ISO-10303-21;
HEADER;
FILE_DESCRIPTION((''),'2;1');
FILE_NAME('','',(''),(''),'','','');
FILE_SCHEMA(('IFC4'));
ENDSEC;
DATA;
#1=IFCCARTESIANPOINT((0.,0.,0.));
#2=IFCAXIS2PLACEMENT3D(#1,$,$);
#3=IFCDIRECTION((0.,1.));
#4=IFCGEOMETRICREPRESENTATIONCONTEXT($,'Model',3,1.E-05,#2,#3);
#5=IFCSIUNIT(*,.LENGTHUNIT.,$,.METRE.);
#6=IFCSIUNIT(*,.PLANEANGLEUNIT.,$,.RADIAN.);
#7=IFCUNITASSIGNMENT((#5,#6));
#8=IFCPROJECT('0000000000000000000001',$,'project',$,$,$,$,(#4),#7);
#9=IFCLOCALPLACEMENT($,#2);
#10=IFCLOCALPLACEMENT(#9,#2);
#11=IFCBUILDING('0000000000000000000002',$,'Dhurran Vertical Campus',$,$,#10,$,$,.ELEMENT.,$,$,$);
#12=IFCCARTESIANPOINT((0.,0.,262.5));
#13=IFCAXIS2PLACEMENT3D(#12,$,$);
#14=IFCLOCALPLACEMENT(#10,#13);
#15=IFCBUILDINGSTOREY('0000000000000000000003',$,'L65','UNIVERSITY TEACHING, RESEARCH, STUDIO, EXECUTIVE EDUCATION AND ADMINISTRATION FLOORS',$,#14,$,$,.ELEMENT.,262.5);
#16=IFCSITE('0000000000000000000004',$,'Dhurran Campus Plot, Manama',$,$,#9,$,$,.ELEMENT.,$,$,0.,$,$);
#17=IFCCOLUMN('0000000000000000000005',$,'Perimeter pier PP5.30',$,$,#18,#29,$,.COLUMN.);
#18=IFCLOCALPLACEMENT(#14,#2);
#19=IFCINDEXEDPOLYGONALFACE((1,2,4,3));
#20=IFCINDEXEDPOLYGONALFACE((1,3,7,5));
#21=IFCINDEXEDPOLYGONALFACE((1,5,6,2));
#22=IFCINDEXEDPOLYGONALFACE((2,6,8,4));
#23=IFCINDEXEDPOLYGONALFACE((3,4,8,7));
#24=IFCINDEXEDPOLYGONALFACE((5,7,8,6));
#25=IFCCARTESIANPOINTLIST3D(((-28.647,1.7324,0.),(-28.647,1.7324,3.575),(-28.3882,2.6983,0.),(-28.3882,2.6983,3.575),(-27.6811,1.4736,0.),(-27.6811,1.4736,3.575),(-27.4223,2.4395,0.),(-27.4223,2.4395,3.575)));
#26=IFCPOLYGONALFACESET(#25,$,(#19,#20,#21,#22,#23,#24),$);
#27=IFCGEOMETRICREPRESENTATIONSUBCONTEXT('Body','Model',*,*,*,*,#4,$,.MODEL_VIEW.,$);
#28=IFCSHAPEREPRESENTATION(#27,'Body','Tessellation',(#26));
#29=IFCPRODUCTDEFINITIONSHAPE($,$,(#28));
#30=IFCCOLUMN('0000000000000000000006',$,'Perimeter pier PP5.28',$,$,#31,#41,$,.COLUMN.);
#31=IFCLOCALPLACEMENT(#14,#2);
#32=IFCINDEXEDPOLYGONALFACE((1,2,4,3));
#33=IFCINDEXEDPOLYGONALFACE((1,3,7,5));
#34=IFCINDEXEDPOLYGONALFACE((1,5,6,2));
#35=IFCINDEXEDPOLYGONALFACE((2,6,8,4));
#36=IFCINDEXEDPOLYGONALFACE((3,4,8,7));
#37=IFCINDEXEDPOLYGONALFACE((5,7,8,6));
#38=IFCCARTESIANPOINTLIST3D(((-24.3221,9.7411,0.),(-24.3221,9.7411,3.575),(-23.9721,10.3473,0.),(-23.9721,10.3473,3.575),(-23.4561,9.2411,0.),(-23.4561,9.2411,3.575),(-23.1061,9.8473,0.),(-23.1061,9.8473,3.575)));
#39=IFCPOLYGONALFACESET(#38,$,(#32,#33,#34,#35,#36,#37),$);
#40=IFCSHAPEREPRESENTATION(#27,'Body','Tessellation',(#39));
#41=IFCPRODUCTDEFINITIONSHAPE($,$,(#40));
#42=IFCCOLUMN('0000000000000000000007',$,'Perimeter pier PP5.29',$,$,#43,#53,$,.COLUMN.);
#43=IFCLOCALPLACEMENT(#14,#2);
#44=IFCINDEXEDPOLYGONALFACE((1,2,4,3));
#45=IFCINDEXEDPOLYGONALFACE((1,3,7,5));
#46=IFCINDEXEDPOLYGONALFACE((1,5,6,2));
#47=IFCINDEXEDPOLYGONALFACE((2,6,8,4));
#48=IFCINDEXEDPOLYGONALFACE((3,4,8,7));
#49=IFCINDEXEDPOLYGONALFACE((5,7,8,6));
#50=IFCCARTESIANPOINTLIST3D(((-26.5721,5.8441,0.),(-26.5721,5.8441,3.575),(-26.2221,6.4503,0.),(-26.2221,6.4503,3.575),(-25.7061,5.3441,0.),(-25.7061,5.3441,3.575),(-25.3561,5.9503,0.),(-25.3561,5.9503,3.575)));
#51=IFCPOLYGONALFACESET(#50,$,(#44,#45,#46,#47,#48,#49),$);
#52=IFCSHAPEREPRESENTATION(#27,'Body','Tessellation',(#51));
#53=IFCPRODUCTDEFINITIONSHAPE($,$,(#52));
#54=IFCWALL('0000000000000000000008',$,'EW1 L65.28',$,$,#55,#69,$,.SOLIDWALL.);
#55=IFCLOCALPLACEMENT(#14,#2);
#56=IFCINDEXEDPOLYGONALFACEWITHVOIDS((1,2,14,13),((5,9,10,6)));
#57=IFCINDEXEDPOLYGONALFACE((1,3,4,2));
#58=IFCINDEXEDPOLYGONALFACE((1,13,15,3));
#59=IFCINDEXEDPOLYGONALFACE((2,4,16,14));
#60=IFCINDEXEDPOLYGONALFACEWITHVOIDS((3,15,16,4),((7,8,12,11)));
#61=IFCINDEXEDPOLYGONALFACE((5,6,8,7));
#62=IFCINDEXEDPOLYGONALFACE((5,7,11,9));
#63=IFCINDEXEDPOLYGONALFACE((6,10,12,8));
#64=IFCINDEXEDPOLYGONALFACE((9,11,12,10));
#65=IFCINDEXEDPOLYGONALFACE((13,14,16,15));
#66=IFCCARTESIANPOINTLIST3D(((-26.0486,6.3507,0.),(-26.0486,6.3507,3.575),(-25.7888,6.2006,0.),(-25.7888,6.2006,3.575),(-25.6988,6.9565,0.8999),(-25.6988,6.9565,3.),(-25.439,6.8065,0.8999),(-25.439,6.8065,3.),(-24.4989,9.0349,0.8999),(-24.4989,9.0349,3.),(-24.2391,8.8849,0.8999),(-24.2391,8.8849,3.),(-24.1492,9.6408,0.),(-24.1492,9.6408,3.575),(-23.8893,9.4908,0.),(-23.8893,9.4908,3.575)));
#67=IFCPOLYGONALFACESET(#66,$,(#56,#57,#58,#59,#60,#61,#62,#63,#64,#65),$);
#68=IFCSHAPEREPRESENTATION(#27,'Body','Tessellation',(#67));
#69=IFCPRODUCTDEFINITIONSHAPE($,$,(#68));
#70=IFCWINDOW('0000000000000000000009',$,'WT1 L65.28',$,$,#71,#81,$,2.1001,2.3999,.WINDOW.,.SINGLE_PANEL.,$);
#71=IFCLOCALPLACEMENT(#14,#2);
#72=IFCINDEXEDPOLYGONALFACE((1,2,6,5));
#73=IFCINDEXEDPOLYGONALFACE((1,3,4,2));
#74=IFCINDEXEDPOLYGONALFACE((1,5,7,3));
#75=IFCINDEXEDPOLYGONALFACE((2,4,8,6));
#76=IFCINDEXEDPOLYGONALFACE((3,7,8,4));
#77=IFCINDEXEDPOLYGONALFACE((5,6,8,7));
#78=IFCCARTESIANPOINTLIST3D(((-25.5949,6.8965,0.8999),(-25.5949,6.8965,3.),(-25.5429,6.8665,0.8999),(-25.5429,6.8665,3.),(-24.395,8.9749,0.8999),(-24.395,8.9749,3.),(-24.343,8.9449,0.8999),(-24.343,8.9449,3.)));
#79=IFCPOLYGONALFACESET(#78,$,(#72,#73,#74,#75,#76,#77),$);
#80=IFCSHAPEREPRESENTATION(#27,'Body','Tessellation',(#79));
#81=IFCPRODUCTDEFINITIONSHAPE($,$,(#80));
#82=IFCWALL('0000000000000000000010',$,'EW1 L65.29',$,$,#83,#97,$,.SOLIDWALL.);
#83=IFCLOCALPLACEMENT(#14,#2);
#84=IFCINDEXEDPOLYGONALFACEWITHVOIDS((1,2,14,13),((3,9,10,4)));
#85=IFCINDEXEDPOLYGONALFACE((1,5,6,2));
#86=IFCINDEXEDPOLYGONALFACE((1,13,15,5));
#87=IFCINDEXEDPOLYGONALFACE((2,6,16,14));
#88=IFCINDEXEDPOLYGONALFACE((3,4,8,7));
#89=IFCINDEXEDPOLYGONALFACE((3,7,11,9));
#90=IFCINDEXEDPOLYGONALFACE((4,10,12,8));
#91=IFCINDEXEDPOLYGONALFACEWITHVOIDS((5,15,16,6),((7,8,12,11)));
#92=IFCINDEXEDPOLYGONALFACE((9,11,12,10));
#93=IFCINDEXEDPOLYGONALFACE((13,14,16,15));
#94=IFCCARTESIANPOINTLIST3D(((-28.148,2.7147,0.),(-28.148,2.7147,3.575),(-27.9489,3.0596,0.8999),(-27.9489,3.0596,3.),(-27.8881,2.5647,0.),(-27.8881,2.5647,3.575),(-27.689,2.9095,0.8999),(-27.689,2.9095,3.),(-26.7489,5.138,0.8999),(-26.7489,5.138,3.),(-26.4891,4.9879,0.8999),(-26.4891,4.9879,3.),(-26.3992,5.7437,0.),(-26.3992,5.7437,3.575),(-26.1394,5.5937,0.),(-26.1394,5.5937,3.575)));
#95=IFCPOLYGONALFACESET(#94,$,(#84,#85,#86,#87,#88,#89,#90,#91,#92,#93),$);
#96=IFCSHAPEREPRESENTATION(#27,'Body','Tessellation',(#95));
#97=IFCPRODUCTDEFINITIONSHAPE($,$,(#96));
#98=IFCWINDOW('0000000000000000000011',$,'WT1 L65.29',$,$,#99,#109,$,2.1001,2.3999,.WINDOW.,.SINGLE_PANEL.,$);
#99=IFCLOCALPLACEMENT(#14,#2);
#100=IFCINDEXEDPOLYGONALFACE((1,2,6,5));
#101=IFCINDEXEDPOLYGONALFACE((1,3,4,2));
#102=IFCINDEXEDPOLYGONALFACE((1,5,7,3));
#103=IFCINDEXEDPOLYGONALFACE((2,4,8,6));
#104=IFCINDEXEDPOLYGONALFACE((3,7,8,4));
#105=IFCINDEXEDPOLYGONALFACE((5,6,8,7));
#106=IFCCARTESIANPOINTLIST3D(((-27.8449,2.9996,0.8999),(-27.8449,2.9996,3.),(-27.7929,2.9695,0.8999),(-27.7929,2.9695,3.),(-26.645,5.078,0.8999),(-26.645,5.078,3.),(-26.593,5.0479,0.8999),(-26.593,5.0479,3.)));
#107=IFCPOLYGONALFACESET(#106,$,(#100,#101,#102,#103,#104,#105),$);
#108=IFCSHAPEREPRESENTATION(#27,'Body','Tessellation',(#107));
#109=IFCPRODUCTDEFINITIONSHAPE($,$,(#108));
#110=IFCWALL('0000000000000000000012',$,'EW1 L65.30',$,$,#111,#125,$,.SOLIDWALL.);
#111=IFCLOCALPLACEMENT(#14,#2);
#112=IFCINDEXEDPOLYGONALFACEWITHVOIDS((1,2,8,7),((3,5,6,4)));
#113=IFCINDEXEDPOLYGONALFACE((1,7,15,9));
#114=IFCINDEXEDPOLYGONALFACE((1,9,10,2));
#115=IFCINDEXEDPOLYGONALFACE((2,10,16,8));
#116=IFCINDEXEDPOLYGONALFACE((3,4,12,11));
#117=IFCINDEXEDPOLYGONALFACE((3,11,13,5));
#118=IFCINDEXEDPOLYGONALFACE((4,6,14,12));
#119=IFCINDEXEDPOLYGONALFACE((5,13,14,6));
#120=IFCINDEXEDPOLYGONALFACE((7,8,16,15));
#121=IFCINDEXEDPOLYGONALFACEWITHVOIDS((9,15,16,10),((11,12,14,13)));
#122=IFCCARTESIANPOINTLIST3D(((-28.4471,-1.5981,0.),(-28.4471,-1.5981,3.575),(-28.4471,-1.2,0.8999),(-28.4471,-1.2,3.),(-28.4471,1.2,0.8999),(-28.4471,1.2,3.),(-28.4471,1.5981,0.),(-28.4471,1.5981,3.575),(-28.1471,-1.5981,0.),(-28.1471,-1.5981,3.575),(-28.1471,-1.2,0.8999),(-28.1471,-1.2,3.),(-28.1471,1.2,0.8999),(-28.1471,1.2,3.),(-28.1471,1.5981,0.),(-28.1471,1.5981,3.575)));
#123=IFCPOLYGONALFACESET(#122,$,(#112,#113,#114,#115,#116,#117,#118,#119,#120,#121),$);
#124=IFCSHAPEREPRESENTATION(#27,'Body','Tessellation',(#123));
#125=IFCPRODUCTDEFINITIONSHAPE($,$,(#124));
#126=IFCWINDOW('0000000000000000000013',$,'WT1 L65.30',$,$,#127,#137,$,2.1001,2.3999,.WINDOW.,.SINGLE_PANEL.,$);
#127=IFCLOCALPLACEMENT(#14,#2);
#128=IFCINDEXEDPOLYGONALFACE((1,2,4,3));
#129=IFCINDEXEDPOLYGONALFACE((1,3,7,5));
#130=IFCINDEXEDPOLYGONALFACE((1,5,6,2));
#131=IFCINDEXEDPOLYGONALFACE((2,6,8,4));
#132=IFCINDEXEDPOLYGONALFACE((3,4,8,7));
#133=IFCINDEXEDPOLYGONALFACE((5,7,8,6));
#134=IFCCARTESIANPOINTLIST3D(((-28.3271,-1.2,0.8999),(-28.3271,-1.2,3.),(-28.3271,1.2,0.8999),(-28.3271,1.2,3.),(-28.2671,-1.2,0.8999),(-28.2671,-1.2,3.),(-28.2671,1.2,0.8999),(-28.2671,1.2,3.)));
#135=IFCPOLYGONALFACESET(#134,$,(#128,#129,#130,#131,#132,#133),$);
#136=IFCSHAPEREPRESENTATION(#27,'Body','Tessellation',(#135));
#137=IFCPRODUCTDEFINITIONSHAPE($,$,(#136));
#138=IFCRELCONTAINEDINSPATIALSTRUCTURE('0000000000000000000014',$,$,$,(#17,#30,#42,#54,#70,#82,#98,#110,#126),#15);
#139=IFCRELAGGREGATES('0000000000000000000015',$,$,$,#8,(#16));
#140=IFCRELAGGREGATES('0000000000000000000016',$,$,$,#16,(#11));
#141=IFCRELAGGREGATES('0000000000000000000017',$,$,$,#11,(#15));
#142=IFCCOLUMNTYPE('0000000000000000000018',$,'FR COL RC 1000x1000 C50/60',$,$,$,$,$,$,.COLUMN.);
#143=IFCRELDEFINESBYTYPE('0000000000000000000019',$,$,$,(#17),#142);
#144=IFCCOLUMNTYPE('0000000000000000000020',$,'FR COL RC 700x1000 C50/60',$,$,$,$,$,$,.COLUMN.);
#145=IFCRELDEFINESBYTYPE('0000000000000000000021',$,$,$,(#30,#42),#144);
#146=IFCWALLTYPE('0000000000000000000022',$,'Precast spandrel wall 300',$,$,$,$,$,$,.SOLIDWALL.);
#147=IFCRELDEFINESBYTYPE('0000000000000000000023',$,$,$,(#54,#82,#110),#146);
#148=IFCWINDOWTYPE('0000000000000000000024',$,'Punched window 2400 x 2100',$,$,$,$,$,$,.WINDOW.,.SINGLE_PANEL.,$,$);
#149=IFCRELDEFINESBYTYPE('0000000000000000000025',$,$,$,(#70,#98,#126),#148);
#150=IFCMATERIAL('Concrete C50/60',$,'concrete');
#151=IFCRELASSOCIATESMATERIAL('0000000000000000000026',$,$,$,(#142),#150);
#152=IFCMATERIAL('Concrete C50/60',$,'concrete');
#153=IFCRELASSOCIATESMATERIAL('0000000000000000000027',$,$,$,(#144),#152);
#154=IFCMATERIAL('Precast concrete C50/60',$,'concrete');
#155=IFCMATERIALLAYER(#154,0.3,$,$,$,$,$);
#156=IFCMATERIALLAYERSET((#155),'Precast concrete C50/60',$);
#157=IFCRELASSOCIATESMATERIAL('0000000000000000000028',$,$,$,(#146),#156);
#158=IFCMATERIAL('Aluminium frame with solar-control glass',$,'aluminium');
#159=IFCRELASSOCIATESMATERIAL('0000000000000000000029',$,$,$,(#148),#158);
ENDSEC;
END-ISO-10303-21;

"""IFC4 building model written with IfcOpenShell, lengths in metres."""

from ifc_helpers import new_model, si_unit, direction, frame, frame_2d, origin, origin_2d, place, context, subcontext, project, spatial, rectangle, extrude, material, layer, layer_set, material_profile, profile_set, type_object, element, fill, save


model = new_model("IFC4")

# Units and contexts
model_context = context("Model", 3, precision=1e-05, world=origin(), true_north=direction((0.0, 1.0)))
body_context = subcontext(model_context, "Body", "Model", "MODEL_VIEW")
ifc_project = project(units=[si_unit("LENGTHUNIT", "METRE"), si_unit("PLANEANGLEUNIT", "RADIAN")], contexts=[model_context])

# Site, building, storey
site_placement = place(None, origin())
site = spatial("IfcSite", under=ifc_project, at=site_placement, Name="Dhurran Campus Plot, Manama", CompositionType="ELEMENT", RefElevation=0.0)
building_placement = place(site_placement, origin())
building = spatial("IfcBuilding", under=site, at=building_placement, Name="Dhurran Vertical Campus", CompositionType="ELEMENT")
storey_placement = place(building_placement, frame((0.0, 0.0, 262.5)))
storey = spatial("IfcBuildingStorey", under=building, at=storey_placement, Name="L65", Description="UNIVERSITY TEACHING, RESEARCH, STUDIO, EXECUTIVE EDUCATION AND ADMINISTRATION FLOORS", CompositionType="ELEMENT", Elevation=262.5)

# Columns
ifc_material_1 = material(Name="Concrete C50/60", Category="concrete")
ifc_material_profile_1 = material_profile(ifc_material_1, rectangle(XDim=1.0, YDim=1.0, at=origin_2d()), Name="RC 1000x1000")
ifc_profile_set_1 = profile_set([ifc_material_profile_1], Name="Concrete C50/60")
column_type_1 = type_object("IfcColumnType", Name="FR COL RC 1000x1000 C50/60", PredefinedType="COLUMN", material=ifc_profile_set_1)
column_placement = place(storey_placement, frame((-28.0347, 2.0859, 0.0), z_axis=(0.0, 0.0, 1.0), x_axis=(-0.258819, -0.965926, 0.0)))
element("IfcColumn", 1, at=column_placement, inside=storey, type_object=column_type_1, Name="Perimeter pier PP5.30", PredefinedType="COLUMN", context=body_context, shape_type="SweptSolid", body=[
    extrude(rectangle(XDim=1.0, YDim=1.0, at=origin_2d()), origin(), (0.0, 0.0, 1.0), 3.575),
])
ifc_material_2 = material(Name="Concrete C50/60", Category="concrete")
ifc_material_profile_2 = material_profile(ifc_material_2, rectangle(XDim=0.7, YDim=1.0, at=origin_2d()), Name="RC 700x1000")
ifc_profile_set_2 = profile_set([ifc_material_profile_2], Name="Concrete C50/60")
column_type_2 = type_object("IfcColumnType", Name="FR COL RC 700x1000 C50/60", PredefinedType="COLUMN", material=ifc_profile_set_2)
for number, where, z_axis, x_axis, name in (
    (2, (-23.7141, 9.7942, 0.0), (0.0, 0.0, 1.0), (-0.5, -0.866025, 0.0), "Perimeter pier PP5.28"),
    (3, (-25.9641, 5.8972, 0.0), (0.0, 0.0, 1.0), (-0.5, -0.866025, 0.0), "Perimeter pier PP5.29"),
):
    element("IfcColumn", number, at=place(storey_placement, frame(where, z_axis=z_axis, x_axis=x_axis)), inside=storey, type_object=column_type_2, Name=name, PredefinedType="COLUMN", context=body_context, shape_type="SweptSolid", body=[
        extrude(rectangle(XDim=0.7, YDim=1.0, at=origin_2d()), origin(), (0.0, 0.0, 1.0), 3.575),
    ])

# Walls, openings, windows
ifc_material_3 = material(Name="Precast concrete C50/60", Category="concrete")
ifc_layer_1 = layer(ifc_material_3, 0.3)
ifc_layer_set_1 = layer_set([ifc_layer_1], Name="Precast concrete C50/60")
wall_type_1 = type_object("IfcWallType", Name="Precast spandrel wall 300", PredefinedType="SOLIDWALL", material=ifc_layer_set_1)
wall_1_placement = place(storey_placement, frame((-24.0193, 9.5657, 0.0), z_axis=(0.0, 0.0, 1.0), x_axis=(-0.499982, -0.866036, 0.0)))
wall_1 = element("IfcWall", 4, at=wall_1_placement, inside=storey, type_object=wall_type_1, Name="EW1 L65.28", PredefinedType="SOLIDWALL", context=body_context, shape_type="SweptSolid", body=[
    extrude(rectangle(XDim=3.7991, YDim=0.3, at=frame_2d((1.8994, 0.0))), origin(), (0.0, 0.0, 1.0), 3.575),
])
opening_1_placement = place(wall_1_placement, frame((0.6995, 0.0, 0.8999)))
opening_1 = element("IfcOpeningElement", 5, at=opening_1_placement, cuts=wall_1, PredefinedType="OPENING", context=body_context, shape_type="SweptSolid", body=[
    extrude(rectangle(XDim=2.3999, YDim=2.1001, at=frame_2d((1.2, 1.05))), frame((0.0, 0.1599, 0.0), z_axis=(0.0, -1.0, 0.0), x_axis=(1.0, 0.0, 0.0)), (0.0, 0.0, 1.0), 0.3201),
])
ifc_material_4 = material(Name="Aluminium frame with solar-control glass", Category="aluminium")
window_type = type_object("IfcWindowType", Name="Punched window 2400 x 2100", PartitioningType="SINGLE_PANEL", PredefinedType="WINDOW", material=ifc_material_4)
window_1_placement = place(opening_1_placement, origin())
window_1 = element("IfcWindow", 6, at=window_1_placement, inside=storey, type_object=window_type, Name="WT1 L65.28", OverallHeight=2.1001, OverallWidth=2.3999, PartitioningType="SINGLE_PANEL", PredefinedType="WINDOW", context=body_context, shape_type="SweptSolid", body=[
    extrude(rectangle(XDim=2.3999, YDim=2.1001, at=frame_2d((1.2, 1.05))), frame((0.0, 0.03, 0.0), z_axis=(0.0, -1.0, 0.0), x_axis=(1.0, 0.0, 0.0)), (0.0, 0.0, 1.0), 0.0601),
])
fill(opening_1, window_1)
wall_2_placement = place(storey_placement, frame((-26.2693, 5.6687, 0.0), z_axis=(0.0, 0.0, 1.0), x_axis=(-0.49999, -0.866031, 0.0)))
wall_2 = element("IfcWall", 7, at=wall_2_placement, inside=storey, type_object=wall_type_1, Name="EW1 L65.29", PredefinedType="SOLIDWALL", context=body_context, shape_type="SweptSolid", body=[
    extrude(rectangle(XDim=3.4976, YDim=0.3, at=frame_2d((1.7488, 0.0))), origin(), (0.0, 0.0, 1.0), 3.575),
])
opening_2_placement = place(wall_2_placement, frame((0.6995, 0.0, 0.8999)))
opening_2 = element("IfcOpeningElement", 8, at=opening_2_placement, cuts=wall_2, PredefinedType="OPENING", context=body_context, shape_type="SweptSolid", body=[
    extrude(rectangle(XDim=2.3999, YDim=2.1001, at=frame_2d((1.2, 1.05))), frame((0.0, 0.1599, 0.0), z_axis=(0.0, -1.0, 0.0), x_axis=(1.0, 0.0, 0.0)), (0.0, 0.0, 1.0), 0.3201),
])
window_2_placement = place(opening_2_placement, origin())
window_2 = element("IfcWindow", 9, at=window_2_placement, inside=storey, type_object=window_type, Name="WT1 L65.29", OverallHeight=2.1001, OverallWidth=2.3999, PartitioningType="SINGLE_PANEL", PredefinedType="WINDOW", context=body_context, shape_type="SweptSolid", body=[
    extrude(rectangle(XDim=2.3999, YDim=2.1001, at=frame_2d((1.2, 1.05))), frame((0.0, 0.03, 0.0), z_axis=(0.0, -1.0, 0.0), x_axis=(1.0, 0.0, 0.0)), (0.0, 0.0, 1.0), 0.0601),
])
fill(opening_2, window_2)
wall_3_placement = place(storey_placement, frame((-28.2971, 1.5981, 0.0), z_axis=(0.0, 0.0, 1.0), x_axis=(0.0, -1.0, 0.0)))
wall_3 = element("IfcWall", 10, at=wall_3_placement, inside=storey, type_object=wall_type_1, Name="EW1 L65.30", PredefinedType="SOLIDWALL", context=body_context, shape_type="SweptSolid", body=[
    extrude(rectangle(XDim=3.1963, YDim=0.3, at=frame_2d((1.5981, 0.0))), origin(), (0.0, 0.0, 1.0), 3.575),
])
opening_3_placement = place(wall_3_placement, frame((0.3982, 0.0, 0.8999)))
opening_3 = element("IfcOpeningElement", 11, at=opening_3_placement, cuts=wall_3, PredefinedType="OPENING", context=body_context, shape_type="SweptSolid", body=[
    extrude(rectangle(XDim=2.3999, YDim=2.1001, at=frame_2d((1.2, 1.05))), frame((0.0, 0.1599, 0.0), z_axis=(0.0, -1.0, 0.0), x_axis=(1.0, 0.0, 0.0)), (0.0, 0.0, 1.0), 0.3201),
])
window_3_placement = place(opening_3_placement, origin())
window_3 = element("IfcWindow", 12, at=window_3_placement, inside=storey, type_object=window_type, Name="WT1 L65.30", OverallHeight=2.1001, OverallWidth=2.3999, PartitioningType="SINGLE_PANEL", PredefinedType="WINDOW", context=body_context, shape_type="SweptSolid", body=[
    extrude(rectangle(XDim=2.3999, YDim=2.1001, at=frame_2d((1.2, 1.05))), frame((0.0, 0.03, 0.0), z_axis=(0.0, -1.0, 0.0), x_axis=(1.0, 0.0, 0.0)), (0.0, 0.0, 1.0), 0.0601),
])
fill(opening_3, window_3)

save(model, "model.ifc")
